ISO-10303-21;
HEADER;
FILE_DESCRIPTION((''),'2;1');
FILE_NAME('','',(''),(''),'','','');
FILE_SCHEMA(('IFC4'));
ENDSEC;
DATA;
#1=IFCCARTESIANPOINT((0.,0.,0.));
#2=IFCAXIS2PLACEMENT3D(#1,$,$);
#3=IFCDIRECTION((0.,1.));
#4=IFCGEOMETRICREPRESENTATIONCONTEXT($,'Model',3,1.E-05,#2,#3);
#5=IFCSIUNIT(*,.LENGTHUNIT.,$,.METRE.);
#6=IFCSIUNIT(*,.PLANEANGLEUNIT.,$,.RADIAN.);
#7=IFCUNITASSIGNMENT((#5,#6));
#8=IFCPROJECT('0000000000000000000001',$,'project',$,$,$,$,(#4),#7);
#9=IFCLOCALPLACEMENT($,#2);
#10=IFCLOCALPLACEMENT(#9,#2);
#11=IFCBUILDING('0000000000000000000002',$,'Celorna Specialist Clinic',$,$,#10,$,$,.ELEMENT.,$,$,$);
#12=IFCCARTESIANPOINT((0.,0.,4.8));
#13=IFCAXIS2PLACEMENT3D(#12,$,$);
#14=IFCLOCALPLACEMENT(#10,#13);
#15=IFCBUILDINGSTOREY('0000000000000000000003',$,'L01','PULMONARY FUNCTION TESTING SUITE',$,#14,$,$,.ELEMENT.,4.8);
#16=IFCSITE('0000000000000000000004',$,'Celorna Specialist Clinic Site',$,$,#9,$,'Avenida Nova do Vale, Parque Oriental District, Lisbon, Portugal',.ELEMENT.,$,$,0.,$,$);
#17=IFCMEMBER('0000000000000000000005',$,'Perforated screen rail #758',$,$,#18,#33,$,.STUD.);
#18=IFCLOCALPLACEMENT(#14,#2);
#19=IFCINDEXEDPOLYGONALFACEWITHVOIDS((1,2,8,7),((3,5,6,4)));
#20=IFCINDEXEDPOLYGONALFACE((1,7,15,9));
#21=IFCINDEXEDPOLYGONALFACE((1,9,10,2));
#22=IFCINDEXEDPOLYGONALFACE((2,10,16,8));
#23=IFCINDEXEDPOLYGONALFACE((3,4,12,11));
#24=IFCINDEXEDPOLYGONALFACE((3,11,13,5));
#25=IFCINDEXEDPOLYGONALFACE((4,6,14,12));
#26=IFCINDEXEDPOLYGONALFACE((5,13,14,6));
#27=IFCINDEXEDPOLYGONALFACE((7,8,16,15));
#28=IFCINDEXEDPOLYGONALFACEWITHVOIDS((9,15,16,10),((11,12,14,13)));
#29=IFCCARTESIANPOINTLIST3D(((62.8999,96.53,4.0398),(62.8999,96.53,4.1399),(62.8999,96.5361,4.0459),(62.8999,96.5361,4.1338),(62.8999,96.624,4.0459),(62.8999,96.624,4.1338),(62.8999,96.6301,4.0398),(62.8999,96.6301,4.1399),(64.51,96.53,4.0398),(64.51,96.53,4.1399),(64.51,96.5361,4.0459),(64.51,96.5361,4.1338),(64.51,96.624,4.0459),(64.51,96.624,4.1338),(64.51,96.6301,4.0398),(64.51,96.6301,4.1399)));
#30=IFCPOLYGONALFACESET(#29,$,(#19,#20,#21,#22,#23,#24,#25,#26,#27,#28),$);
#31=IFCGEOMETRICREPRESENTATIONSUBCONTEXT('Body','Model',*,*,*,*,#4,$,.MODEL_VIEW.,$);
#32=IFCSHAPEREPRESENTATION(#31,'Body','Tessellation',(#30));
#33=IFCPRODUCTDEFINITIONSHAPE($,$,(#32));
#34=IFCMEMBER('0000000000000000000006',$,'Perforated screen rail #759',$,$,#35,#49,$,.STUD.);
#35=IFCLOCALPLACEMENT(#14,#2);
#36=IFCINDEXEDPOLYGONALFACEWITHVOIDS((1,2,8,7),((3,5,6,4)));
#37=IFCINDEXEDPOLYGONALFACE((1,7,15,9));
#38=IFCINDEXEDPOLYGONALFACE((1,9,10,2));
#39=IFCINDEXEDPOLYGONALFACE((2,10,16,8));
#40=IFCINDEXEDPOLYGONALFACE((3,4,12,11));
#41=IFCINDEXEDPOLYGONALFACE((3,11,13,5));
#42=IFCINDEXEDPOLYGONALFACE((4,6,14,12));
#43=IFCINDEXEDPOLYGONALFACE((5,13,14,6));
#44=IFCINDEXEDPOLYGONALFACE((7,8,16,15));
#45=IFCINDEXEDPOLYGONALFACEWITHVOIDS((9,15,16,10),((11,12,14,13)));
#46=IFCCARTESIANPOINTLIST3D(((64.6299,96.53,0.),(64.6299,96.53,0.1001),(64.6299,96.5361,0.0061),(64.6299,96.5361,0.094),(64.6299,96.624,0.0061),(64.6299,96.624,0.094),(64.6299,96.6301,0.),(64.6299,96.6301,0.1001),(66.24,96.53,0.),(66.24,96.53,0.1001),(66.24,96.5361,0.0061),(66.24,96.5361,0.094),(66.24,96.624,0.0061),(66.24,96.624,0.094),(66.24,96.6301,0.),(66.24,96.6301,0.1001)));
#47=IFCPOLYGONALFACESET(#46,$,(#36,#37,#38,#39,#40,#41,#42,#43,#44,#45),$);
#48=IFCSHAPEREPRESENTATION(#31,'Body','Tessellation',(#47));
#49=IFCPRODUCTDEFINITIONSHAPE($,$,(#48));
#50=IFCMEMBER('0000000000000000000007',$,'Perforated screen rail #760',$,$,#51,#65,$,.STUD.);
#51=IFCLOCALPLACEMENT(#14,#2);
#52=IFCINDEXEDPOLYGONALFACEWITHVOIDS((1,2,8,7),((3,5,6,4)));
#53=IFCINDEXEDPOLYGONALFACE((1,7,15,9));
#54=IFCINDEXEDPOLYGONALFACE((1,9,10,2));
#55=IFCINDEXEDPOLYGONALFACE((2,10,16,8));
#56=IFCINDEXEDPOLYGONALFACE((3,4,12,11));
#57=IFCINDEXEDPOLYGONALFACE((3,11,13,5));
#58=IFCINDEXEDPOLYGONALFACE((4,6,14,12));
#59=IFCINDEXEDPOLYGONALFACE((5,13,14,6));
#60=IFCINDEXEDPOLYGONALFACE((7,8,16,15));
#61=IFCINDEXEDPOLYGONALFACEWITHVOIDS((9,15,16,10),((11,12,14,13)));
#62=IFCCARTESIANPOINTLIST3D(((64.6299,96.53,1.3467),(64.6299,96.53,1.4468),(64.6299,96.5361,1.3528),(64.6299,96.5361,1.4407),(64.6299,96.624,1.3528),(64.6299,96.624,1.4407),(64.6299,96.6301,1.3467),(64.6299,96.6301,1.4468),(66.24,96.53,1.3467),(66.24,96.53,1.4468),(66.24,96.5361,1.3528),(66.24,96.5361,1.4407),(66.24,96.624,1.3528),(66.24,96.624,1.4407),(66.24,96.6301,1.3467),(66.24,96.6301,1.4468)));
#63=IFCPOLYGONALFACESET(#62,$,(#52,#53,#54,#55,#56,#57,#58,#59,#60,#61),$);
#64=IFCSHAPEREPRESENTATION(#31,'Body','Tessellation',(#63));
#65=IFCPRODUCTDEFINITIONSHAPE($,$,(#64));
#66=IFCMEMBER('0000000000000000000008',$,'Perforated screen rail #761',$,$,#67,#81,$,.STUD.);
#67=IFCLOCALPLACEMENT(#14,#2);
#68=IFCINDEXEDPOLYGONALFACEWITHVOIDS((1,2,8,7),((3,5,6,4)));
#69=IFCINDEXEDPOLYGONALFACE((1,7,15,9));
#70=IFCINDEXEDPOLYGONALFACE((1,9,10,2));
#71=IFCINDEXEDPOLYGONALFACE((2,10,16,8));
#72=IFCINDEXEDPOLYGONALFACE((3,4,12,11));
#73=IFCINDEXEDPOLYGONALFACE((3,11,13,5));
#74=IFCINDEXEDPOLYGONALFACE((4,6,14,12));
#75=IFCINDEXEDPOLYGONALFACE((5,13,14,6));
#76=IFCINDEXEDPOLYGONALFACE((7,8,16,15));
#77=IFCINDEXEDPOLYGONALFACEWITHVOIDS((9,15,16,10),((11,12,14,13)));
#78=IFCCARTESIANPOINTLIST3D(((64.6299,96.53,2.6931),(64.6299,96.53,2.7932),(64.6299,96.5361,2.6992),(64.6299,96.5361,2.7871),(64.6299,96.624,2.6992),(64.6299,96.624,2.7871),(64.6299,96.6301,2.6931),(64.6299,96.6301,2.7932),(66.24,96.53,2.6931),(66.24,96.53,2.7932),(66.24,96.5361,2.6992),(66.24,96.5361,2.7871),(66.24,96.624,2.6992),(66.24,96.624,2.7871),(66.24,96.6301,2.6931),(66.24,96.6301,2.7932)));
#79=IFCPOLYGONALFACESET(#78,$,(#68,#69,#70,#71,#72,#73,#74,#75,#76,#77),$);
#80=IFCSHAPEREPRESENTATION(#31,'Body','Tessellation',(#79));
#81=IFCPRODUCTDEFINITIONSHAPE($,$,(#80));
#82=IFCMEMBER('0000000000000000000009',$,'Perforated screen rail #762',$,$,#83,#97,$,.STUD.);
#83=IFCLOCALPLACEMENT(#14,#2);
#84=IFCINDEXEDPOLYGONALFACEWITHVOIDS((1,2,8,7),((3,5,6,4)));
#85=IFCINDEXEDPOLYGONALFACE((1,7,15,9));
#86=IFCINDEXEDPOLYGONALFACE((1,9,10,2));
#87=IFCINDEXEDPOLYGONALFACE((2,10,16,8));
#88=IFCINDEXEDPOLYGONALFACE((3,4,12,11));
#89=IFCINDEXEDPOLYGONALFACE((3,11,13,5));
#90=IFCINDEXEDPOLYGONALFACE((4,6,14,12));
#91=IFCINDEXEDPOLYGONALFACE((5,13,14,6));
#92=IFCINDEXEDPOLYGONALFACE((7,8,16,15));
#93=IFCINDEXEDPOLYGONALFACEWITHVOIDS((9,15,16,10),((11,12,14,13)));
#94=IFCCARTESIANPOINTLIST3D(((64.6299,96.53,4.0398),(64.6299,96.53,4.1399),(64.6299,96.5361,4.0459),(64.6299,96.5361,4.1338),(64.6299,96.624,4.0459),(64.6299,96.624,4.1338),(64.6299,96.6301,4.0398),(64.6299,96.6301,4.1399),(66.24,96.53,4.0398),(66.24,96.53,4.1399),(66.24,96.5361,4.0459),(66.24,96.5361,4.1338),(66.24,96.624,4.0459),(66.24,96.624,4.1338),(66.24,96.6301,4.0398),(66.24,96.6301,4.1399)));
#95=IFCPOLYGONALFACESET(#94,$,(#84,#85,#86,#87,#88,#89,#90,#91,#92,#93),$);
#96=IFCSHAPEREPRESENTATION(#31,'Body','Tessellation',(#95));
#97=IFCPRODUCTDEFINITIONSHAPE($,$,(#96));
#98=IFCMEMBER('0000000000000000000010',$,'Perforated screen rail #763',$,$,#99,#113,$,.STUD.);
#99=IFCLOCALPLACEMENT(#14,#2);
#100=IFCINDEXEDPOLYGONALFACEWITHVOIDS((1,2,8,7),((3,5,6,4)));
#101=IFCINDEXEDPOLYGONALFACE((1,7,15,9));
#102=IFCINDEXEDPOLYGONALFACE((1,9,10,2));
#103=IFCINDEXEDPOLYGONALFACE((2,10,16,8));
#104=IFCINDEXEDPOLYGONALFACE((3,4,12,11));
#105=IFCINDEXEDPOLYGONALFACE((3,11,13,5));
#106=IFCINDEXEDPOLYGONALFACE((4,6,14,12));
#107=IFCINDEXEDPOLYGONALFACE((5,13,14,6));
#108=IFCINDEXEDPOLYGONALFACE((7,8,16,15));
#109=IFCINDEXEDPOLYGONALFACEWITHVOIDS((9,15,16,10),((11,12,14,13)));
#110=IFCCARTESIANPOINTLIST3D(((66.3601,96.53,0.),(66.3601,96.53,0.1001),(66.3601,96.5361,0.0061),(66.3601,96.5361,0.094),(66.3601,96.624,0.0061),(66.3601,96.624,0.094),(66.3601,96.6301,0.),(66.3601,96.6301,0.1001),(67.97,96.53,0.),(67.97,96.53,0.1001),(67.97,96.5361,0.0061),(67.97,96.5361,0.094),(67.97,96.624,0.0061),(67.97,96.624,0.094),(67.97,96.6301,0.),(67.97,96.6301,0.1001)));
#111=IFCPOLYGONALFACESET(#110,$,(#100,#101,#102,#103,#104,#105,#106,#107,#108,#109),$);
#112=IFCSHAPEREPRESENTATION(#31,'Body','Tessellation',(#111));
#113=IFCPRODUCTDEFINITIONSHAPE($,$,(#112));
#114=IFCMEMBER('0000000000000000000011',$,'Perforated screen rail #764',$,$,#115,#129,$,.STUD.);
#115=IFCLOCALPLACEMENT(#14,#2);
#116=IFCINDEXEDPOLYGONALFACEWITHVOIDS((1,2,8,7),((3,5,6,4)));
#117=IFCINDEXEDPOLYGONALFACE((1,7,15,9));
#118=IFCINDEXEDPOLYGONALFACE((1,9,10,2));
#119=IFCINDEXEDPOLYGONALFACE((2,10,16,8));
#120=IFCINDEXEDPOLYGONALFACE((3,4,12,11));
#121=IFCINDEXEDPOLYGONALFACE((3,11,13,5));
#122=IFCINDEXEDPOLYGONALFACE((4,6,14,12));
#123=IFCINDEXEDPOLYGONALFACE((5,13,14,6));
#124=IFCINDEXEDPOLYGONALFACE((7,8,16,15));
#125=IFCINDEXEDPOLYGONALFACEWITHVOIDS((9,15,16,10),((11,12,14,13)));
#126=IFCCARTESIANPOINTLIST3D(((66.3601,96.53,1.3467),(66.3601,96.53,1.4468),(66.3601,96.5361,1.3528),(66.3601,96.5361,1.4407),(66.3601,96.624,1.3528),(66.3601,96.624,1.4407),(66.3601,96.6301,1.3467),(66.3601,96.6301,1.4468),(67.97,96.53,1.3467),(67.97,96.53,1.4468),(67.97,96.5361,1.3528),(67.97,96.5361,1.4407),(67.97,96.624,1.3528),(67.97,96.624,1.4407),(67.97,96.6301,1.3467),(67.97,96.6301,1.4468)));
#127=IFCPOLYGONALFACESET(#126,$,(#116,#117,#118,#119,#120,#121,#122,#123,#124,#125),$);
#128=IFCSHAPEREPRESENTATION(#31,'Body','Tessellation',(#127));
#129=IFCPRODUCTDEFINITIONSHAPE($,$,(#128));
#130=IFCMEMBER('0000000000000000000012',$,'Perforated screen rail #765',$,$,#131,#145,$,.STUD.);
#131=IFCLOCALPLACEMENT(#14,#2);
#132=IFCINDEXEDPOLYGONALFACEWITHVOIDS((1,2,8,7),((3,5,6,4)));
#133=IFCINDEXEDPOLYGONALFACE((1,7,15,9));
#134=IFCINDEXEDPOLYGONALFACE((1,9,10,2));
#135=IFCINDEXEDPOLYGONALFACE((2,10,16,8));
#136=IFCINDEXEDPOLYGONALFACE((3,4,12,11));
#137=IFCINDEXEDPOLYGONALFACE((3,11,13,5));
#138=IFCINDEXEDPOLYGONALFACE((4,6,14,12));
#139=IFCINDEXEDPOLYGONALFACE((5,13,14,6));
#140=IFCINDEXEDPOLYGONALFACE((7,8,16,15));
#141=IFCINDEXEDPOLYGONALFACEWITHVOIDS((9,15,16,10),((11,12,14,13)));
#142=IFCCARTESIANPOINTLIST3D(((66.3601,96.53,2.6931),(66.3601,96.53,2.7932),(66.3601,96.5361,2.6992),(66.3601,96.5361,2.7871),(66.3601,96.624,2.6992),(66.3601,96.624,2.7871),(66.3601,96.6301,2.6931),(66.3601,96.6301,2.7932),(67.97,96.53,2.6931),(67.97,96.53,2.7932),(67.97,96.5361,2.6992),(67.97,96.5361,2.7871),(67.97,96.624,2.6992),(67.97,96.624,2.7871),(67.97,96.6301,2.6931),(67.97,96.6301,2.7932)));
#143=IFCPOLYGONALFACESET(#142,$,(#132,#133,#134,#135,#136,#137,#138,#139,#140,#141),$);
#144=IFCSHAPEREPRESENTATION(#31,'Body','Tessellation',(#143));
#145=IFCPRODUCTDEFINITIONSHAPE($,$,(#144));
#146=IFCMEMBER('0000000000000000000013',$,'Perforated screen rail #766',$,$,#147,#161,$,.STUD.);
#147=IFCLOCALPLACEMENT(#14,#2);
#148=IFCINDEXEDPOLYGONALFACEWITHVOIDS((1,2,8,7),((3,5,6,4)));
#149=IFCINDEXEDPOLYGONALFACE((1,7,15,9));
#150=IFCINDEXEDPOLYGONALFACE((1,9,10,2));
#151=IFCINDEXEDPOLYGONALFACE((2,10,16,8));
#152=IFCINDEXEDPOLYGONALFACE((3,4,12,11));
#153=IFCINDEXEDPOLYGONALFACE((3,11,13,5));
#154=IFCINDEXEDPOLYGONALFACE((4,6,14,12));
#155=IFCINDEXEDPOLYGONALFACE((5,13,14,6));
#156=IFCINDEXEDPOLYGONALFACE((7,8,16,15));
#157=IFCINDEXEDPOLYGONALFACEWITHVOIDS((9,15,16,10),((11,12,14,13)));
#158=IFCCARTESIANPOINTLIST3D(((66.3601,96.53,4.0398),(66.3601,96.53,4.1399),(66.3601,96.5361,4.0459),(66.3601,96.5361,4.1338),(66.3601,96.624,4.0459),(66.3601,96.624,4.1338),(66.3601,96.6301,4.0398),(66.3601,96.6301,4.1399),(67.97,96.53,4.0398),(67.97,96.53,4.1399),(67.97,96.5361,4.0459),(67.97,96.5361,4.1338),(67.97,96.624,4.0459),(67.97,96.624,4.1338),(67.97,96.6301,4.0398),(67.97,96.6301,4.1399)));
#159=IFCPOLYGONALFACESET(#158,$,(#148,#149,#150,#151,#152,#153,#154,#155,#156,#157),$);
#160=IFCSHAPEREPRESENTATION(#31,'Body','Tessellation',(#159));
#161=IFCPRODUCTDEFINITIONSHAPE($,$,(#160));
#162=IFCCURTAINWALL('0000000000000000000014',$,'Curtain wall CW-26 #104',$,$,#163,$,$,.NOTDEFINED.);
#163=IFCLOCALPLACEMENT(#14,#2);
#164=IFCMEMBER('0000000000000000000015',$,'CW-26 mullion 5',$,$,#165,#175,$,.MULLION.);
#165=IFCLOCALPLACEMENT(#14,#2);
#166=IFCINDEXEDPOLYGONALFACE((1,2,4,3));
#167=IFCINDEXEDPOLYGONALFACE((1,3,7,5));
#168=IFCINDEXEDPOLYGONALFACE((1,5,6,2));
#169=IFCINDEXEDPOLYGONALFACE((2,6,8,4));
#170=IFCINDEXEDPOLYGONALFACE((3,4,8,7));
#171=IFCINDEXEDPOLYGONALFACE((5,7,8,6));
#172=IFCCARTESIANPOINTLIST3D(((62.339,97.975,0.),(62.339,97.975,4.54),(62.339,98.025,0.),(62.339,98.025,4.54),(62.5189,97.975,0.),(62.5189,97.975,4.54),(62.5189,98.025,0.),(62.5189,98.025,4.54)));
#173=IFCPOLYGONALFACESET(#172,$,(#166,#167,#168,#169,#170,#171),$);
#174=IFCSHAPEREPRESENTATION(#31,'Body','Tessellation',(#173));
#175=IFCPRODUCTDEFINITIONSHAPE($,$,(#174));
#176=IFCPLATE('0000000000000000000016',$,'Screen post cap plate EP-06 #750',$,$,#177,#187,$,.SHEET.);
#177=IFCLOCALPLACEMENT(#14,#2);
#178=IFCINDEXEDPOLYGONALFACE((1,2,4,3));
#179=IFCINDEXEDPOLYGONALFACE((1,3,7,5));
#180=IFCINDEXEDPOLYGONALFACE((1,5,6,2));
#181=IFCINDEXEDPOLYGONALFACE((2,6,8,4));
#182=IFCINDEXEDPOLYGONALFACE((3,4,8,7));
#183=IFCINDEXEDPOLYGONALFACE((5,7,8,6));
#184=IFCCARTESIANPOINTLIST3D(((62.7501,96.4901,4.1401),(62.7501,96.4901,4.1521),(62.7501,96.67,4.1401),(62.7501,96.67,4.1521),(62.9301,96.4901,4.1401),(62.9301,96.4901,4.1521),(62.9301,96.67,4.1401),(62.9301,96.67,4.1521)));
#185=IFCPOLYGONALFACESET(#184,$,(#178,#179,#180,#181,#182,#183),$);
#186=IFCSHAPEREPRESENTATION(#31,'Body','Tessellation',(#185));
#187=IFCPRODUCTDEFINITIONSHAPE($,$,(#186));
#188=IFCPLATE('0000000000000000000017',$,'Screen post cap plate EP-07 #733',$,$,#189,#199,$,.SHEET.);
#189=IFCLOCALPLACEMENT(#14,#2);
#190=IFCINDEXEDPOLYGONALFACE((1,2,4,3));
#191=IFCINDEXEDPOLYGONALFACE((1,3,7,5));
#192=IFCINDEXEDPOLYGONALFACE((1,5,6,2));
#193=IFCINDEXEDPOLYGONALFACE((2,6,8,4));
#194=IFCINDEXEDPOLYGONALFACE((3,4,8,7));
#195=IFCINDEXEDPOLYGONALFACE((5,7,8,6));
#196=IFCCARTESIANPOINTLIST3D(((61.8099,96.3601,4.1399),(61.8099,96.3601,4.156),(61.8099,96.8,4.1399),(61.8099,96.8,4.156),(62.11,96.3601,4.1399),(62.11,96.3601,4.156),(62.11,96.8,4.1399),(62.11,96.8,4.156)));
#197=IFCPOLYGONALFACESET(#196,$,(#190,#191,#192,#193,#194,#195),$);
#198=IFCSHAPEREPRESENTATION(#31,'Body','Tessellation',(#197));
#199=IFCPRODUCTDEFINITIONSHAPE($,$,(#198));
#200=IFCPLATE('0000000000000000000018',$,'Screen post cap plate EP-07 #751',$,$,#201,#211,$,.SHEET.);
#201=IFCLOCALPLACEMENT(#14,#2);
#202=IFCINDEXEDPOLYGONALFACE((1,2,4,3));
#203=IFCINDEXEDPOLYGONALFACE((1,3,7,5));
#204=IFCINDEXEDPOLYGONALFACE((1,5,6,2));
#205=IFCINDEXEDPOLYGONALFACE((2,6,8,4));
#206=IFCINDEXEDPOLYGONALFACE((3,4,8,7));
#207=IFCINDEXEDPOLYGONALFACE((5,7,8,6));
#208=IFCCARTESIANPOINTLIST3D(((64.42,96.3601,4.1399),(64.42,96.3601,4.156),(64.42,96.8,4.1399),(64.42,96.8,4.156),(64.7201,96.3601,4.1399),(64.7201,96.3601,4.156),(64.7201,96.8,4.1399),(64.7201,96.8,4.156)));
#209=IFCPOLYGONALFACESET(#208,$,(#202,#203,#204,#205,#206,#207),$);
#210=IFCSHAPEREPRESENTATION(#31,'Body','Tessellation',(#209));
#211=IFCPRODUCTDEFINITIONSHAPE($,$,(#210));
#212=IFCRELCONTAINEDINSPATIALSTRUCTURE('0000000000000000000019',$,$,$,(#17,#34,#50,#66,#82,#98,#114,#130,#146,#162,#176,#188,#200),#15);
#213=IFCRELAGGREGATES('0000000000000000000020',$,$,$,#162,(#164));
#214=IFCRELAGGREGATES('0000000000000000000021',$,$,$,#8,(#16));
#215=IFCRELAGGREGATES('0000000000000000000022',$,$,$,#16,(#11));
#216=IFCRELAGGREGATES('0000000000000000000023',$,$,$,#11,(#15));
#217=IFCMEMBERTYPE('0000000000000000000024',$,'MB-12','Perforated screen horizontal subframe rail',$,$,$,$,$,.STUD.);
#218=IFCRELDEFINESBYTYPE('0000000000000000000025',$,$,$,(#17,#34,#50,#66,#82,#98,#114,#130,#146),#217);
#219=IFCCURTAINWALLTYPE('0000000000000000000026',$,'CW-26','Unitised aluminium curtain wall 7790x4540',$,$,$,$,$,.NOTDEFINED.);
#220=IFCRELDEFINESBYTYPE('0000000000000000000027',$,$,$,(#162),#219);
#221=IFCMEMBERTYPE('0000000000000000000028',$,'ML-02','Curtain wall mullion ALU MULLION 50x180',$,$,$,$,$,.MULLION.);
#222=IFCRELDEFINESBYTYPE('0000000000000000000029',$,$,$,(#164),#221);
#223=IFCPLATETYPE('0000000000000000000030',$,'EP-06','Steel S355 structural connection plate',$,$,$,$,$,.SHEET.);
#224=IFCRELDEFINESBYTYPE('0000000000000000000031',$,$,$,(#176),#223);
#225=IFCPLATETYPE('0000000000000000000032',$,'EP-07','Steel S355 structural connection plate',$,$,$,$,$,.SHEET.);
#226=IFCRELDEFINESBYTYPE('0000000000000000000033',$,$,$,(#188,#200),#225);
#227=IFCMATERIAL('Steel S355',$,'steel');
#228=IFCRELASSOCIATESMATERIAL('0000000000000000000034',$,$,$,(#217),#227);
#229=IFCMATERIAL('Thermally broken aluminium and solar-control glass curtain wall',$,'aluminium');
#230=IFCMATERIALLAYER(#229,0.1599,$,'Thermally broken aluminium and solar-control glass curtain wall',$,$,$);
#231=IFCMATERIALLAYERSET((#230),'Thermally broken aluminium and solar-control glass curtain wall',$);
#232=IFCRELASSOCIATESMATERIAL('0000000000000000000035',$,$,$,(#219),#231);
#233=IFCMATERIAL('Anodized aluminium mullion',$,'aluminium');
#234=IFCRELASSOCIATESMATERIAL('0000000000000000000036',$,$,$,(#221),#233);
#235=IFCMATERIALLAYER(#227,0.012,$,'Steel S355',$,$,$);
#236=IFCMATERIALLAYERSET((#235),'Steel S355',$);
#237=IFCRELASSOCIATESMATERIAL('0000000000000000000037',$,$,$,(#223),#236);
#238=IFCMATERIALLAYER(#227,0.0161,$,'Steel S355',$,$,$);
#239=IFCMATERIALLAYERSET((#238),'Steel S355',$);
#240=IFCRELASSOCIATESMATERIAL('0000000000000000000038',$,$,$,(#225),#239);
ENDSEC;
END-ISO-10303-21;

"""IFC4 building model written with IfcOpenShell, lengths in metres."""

from ifc_helpers import new_model, si_unit, direction, frame, origin, origin_2d, place, context, subcontext, project, spatial, rectangle, hollow_rectangle, extrude, material, layer, layer_set, material_profile, profile_set, type_object, element, aggregate, save


model = new_model("IFC4")

# Units and contexts
model_context = context("Model", 3, precision=1e-05, world=origin(), true_north=direction((0.0, 1.0)))
body_context = subcontext(model_context, "Body", "Model", "MODEL_VIEW")
ifc_project = project(units=[si_unit("LENGTHUNIT", "METRE"), si_unit("PLANEANGLEUNIT", "RADIAN")], contexts=[model_context])

# Site, building, storey
site_placement = place(None, origin())
site = spatial("IfcSite", under=ifc_project, at=site_placement, Name="Celorna Specialist Clinic Site", LongName="Avenida Nova do Vale, Parque Oriental District, Lisbon, Portugal", CompositionType="ELEMENT", RefElevation=0.0)
building_placement = place(site_placement, origin())
building = spatial("IfcBuilding", under=site, at=building_placement, Name="Celorna Specialist Clinic", CompositionType="ELEMENT")
storey_placement = place(building_placement, frame((0.0, 0.0, 4.8)))
storey = spatial("IfcBuildingStorey", under=building, at=storey_placement, Name="L01", Description="PULMONARY FUNCTION TESTING SUITE", CompositionType="ELEMENT", Elevation=4.8)

# Shared definitions
ifc_material_1 = material(Name="Steel S355", Category="steel")

# Members
ifc_material_profile_1 = material_profile(ifc_material_1, hollow_rectangle(XDim=0.1001, YDim=0.1001, WallThickness=0.0061, at=origin_2d()), Name="SHS 100x100x6")
ifc_profile_set_1 = profile_set([ifc_material_profile_1], Name="Steel S355")
member_type_1 = type_object("IfcMemberType", Name="MB-12", Description="Perforated screen horizontal subframe rail", PredefinedType="STUD", material=ifc_profile_set_1)
for number, where, z_axis, x_axis, name in (
    (1, (62.8999, 96.5801, 4.0898), (1.0, 0.0, 0.0), (0.0, 1.0, 0.0), "Perforated screen rail #758"),
    (2, (64.6299, 96.5801, 0.05), (1.0, 0.0, 0.0), (0.0, 1.0, 0.0), "Perforated screen rail #759"),
    (3, (64.6299, 96.5801, 1.3967), (1.0, 0.0, 0.0), (0.0, 1.0, 0.0), "Perforated screen rail #760"),
    (4, (64.6299, 96.5801, 2.7432), (1.0, 0.0, 0.0), (0.0, 1.0, 0.0), "Perforated screen rail #761"),
    (5, (64.6299, 96.5801, 4.0898), (1.0, 0.0, 0.0), (0.0, 1.0, 0.0), "Perforated screen rail #762"),
):
    element("IfcMember", number, at=place(storey_placement, frame(where, z_axis=z_axis, x_axis=x_axis)), inside=storey, type_object=member_type_1, Name=name, PredefinedType="STUD", context=body_context, shape_type="SweptSolid", body=[
        extrude(hollow_rectangle(XDim=0.1001, YDim=0.1001, WallThickness=0.0061, at=origin_2d()), origin(), (0.0, 0.0, 1.0), 1.6101),
    ])
for number, where, z_axis, x_axis, name in (
    (6, (66.3601, 96.5801, 0.05), (1.0, 0.0, 0.0), (0.0, 1.0, 0.0), "Perforated screen rail #763"),
    (7, (66.3601, 96.5801, 1.3967), (1.0, 0.0, 0.0), (0.0, 1.0, 0.0), "Perforated screen rail #764"),
    (8, (66.3601, 96.5801, 2.7432), (1.0, 0.0, 0.0), (0.0, 1.0, 0.0), "Perforated screen rail #765"),
    (9, (66.3601, 96.5801, 4.0898), (1.0, 0.0, 0.0), (0.0, 1.0, 0.0), "Perforated screen rail #766"),
):
    element("IfcMember", number, at=place(storey_placement, frame(where, z_axis=z_axis, x_axis=x_axis)), inside=storey, type_object=member_type_1, Name=name, PredefinedType="STUD", context=body_context, shape_type="SweptSolid", body=[
        extrude(hollow_rectangle(XDim=0.1001, YDim=0.1001, WallThickness=0.0061, at=origin_2d()), origin(), (0.0, 0.0, 1.0), 1.6099),
    ])

# Curtain wall, member
ifc_material_2 = material(Name="Thermally broken aluminium and solar-control glass curtain wall", Category="aluminium")
ifc_layer_1 = layer(ifc_material_2, 0.1599, Name="Thermally broken aluminium and solar-control glass curtain wall")
ifc_layer_set_1 = layer_set([ifc_layer_1], Name="Thermally broken aluminium and solar-control glass curtain wall")
curtain_wall_type = type_object("IfcCurtainWallType", Name="CW-26", Description="Unitised aluminium curtain wall 7790x4540", PredefinedType="NOTDEFINED", material=ifc_layer_set_1)
curtain_wall_placement = place(storey_placement, origin())
curtain_wall = element("IfcCurtainWall", 10, at=curtain_wall_placement, inside=storey, type_object=curtain_wall_type, Name="Curtain wall CW-26 #104", PredefinedType="NOTDEFINED")
ifc_material_3 = material(Name="Anodized aluminium mullion", Category="aluminium")
ifc_material_profile_2 = material_profile(ifc_material_3, rectangle(XDim=0.05, YDim=0.1799, at=origin_2d()), Name="ALU MULLION 50x180")
ifc_profile_set_2 = profile_set([ifc_material_profile_2], Name="Anodized aluminium mullion")
member_type_2 = type_object("IfcMemberType", Name="ML-02", Description="Curtain wall mullion ALU MULLION 50x180", PredefinedType="MULLION", material=ifc_profile_set_2)
member_placement = place(storey_placement, frame((62.429, 98.0, 0.0), z_axis=(0.0, 0.0, 1.0), x_axis=(0.0, -1.0, 0.0)))
member = element("IfcMember", 11, at=member_placement, type_object=member_type_2, Name="CW-26 mullion 5", PredefinedType="MULLION", context=body_context, shape_type="SweptSolid", body=[
    extrude(rectangle(XDim=0.05, YDim=0.1799, at=origin_2d()), origin(), (0.0, 0.0, 1.0), 4.54),
])
aggregate(curtain_wall, [member])

# Plates
ifc_layer_2 = layer(ifc_material_1, 0.012, Name="Steel S355")
ifc_layer_set_2 = layer_set([ifc_layer_2], Name="Steel S355")
plate_type_1 = type_object("IfcPlateType", Name="EP-06", Description="Steel S355 structural connection plate", PredefinedType="SHEET", material=ifc_layer_set_2)
plate_1_placement = place(storey_placement, frame((62.8401, 96.5801, 4.1401), z_axis=(0.0, 0.0, 1.0), x_axis=(1.0, 0.0, 0.0)))
element("IfcPlate", 12, at=plate_1_placement, inside=storey, type_object=plate_type_1, Name="Screen post cap plate EP-06 #750", PredefinedType="SHEET", context=body_context, shape_type="SweptSolid", body=[
    extrude(rectangle(XDim=0.1799, YDim=0.1799, at=origin_2d()), origin(), (0.0, 0.0, 1.0), 0.012),
])
ifc_layer_3 = layer(ifc_material_1, 0.0161, Name="Steel S355")
ifc_layer_set_3 = layer_set([ifc_layer_3], Name="Steel S355")
plate_type_2 = type_object("IfcPlateType", Name="EP-07", Description="Steel S355 structural connection plate", PredefinedType="SHEET", material=ifc_layer_set_3)
for number, where, z_axis, x_axis, name in (
    (13, (61.96, 96.5801, 4.1399), (0.0, 0.0, 1.0), (1.0, 0.0, 0.0), "Screen post cap plate EP-07 #733"),
    (14, (64.5701, 96.5801, 4.1399), (0.0, 0.0, 1.0), (1.0, 0.0, 0.0), "Screen post cap plate EP-07 #751"),
):
    element("IfcPlate", number, at=place(storey_placement, frame(where, z_axis=z_axis, x_axis=x_axis)), inside=storey, type_object=plate_type_2, Name=name, PredefinedType="SHEET", context=body_context, shape_type="SweptSolid", body=[
        extrude(rectangle(XDim=0.3, YDim=0.4399, at=origin_2d()), origin(), (0.0, 0.0, 1.0), 0.0161),
    ])

save(model, "model.ifc")
